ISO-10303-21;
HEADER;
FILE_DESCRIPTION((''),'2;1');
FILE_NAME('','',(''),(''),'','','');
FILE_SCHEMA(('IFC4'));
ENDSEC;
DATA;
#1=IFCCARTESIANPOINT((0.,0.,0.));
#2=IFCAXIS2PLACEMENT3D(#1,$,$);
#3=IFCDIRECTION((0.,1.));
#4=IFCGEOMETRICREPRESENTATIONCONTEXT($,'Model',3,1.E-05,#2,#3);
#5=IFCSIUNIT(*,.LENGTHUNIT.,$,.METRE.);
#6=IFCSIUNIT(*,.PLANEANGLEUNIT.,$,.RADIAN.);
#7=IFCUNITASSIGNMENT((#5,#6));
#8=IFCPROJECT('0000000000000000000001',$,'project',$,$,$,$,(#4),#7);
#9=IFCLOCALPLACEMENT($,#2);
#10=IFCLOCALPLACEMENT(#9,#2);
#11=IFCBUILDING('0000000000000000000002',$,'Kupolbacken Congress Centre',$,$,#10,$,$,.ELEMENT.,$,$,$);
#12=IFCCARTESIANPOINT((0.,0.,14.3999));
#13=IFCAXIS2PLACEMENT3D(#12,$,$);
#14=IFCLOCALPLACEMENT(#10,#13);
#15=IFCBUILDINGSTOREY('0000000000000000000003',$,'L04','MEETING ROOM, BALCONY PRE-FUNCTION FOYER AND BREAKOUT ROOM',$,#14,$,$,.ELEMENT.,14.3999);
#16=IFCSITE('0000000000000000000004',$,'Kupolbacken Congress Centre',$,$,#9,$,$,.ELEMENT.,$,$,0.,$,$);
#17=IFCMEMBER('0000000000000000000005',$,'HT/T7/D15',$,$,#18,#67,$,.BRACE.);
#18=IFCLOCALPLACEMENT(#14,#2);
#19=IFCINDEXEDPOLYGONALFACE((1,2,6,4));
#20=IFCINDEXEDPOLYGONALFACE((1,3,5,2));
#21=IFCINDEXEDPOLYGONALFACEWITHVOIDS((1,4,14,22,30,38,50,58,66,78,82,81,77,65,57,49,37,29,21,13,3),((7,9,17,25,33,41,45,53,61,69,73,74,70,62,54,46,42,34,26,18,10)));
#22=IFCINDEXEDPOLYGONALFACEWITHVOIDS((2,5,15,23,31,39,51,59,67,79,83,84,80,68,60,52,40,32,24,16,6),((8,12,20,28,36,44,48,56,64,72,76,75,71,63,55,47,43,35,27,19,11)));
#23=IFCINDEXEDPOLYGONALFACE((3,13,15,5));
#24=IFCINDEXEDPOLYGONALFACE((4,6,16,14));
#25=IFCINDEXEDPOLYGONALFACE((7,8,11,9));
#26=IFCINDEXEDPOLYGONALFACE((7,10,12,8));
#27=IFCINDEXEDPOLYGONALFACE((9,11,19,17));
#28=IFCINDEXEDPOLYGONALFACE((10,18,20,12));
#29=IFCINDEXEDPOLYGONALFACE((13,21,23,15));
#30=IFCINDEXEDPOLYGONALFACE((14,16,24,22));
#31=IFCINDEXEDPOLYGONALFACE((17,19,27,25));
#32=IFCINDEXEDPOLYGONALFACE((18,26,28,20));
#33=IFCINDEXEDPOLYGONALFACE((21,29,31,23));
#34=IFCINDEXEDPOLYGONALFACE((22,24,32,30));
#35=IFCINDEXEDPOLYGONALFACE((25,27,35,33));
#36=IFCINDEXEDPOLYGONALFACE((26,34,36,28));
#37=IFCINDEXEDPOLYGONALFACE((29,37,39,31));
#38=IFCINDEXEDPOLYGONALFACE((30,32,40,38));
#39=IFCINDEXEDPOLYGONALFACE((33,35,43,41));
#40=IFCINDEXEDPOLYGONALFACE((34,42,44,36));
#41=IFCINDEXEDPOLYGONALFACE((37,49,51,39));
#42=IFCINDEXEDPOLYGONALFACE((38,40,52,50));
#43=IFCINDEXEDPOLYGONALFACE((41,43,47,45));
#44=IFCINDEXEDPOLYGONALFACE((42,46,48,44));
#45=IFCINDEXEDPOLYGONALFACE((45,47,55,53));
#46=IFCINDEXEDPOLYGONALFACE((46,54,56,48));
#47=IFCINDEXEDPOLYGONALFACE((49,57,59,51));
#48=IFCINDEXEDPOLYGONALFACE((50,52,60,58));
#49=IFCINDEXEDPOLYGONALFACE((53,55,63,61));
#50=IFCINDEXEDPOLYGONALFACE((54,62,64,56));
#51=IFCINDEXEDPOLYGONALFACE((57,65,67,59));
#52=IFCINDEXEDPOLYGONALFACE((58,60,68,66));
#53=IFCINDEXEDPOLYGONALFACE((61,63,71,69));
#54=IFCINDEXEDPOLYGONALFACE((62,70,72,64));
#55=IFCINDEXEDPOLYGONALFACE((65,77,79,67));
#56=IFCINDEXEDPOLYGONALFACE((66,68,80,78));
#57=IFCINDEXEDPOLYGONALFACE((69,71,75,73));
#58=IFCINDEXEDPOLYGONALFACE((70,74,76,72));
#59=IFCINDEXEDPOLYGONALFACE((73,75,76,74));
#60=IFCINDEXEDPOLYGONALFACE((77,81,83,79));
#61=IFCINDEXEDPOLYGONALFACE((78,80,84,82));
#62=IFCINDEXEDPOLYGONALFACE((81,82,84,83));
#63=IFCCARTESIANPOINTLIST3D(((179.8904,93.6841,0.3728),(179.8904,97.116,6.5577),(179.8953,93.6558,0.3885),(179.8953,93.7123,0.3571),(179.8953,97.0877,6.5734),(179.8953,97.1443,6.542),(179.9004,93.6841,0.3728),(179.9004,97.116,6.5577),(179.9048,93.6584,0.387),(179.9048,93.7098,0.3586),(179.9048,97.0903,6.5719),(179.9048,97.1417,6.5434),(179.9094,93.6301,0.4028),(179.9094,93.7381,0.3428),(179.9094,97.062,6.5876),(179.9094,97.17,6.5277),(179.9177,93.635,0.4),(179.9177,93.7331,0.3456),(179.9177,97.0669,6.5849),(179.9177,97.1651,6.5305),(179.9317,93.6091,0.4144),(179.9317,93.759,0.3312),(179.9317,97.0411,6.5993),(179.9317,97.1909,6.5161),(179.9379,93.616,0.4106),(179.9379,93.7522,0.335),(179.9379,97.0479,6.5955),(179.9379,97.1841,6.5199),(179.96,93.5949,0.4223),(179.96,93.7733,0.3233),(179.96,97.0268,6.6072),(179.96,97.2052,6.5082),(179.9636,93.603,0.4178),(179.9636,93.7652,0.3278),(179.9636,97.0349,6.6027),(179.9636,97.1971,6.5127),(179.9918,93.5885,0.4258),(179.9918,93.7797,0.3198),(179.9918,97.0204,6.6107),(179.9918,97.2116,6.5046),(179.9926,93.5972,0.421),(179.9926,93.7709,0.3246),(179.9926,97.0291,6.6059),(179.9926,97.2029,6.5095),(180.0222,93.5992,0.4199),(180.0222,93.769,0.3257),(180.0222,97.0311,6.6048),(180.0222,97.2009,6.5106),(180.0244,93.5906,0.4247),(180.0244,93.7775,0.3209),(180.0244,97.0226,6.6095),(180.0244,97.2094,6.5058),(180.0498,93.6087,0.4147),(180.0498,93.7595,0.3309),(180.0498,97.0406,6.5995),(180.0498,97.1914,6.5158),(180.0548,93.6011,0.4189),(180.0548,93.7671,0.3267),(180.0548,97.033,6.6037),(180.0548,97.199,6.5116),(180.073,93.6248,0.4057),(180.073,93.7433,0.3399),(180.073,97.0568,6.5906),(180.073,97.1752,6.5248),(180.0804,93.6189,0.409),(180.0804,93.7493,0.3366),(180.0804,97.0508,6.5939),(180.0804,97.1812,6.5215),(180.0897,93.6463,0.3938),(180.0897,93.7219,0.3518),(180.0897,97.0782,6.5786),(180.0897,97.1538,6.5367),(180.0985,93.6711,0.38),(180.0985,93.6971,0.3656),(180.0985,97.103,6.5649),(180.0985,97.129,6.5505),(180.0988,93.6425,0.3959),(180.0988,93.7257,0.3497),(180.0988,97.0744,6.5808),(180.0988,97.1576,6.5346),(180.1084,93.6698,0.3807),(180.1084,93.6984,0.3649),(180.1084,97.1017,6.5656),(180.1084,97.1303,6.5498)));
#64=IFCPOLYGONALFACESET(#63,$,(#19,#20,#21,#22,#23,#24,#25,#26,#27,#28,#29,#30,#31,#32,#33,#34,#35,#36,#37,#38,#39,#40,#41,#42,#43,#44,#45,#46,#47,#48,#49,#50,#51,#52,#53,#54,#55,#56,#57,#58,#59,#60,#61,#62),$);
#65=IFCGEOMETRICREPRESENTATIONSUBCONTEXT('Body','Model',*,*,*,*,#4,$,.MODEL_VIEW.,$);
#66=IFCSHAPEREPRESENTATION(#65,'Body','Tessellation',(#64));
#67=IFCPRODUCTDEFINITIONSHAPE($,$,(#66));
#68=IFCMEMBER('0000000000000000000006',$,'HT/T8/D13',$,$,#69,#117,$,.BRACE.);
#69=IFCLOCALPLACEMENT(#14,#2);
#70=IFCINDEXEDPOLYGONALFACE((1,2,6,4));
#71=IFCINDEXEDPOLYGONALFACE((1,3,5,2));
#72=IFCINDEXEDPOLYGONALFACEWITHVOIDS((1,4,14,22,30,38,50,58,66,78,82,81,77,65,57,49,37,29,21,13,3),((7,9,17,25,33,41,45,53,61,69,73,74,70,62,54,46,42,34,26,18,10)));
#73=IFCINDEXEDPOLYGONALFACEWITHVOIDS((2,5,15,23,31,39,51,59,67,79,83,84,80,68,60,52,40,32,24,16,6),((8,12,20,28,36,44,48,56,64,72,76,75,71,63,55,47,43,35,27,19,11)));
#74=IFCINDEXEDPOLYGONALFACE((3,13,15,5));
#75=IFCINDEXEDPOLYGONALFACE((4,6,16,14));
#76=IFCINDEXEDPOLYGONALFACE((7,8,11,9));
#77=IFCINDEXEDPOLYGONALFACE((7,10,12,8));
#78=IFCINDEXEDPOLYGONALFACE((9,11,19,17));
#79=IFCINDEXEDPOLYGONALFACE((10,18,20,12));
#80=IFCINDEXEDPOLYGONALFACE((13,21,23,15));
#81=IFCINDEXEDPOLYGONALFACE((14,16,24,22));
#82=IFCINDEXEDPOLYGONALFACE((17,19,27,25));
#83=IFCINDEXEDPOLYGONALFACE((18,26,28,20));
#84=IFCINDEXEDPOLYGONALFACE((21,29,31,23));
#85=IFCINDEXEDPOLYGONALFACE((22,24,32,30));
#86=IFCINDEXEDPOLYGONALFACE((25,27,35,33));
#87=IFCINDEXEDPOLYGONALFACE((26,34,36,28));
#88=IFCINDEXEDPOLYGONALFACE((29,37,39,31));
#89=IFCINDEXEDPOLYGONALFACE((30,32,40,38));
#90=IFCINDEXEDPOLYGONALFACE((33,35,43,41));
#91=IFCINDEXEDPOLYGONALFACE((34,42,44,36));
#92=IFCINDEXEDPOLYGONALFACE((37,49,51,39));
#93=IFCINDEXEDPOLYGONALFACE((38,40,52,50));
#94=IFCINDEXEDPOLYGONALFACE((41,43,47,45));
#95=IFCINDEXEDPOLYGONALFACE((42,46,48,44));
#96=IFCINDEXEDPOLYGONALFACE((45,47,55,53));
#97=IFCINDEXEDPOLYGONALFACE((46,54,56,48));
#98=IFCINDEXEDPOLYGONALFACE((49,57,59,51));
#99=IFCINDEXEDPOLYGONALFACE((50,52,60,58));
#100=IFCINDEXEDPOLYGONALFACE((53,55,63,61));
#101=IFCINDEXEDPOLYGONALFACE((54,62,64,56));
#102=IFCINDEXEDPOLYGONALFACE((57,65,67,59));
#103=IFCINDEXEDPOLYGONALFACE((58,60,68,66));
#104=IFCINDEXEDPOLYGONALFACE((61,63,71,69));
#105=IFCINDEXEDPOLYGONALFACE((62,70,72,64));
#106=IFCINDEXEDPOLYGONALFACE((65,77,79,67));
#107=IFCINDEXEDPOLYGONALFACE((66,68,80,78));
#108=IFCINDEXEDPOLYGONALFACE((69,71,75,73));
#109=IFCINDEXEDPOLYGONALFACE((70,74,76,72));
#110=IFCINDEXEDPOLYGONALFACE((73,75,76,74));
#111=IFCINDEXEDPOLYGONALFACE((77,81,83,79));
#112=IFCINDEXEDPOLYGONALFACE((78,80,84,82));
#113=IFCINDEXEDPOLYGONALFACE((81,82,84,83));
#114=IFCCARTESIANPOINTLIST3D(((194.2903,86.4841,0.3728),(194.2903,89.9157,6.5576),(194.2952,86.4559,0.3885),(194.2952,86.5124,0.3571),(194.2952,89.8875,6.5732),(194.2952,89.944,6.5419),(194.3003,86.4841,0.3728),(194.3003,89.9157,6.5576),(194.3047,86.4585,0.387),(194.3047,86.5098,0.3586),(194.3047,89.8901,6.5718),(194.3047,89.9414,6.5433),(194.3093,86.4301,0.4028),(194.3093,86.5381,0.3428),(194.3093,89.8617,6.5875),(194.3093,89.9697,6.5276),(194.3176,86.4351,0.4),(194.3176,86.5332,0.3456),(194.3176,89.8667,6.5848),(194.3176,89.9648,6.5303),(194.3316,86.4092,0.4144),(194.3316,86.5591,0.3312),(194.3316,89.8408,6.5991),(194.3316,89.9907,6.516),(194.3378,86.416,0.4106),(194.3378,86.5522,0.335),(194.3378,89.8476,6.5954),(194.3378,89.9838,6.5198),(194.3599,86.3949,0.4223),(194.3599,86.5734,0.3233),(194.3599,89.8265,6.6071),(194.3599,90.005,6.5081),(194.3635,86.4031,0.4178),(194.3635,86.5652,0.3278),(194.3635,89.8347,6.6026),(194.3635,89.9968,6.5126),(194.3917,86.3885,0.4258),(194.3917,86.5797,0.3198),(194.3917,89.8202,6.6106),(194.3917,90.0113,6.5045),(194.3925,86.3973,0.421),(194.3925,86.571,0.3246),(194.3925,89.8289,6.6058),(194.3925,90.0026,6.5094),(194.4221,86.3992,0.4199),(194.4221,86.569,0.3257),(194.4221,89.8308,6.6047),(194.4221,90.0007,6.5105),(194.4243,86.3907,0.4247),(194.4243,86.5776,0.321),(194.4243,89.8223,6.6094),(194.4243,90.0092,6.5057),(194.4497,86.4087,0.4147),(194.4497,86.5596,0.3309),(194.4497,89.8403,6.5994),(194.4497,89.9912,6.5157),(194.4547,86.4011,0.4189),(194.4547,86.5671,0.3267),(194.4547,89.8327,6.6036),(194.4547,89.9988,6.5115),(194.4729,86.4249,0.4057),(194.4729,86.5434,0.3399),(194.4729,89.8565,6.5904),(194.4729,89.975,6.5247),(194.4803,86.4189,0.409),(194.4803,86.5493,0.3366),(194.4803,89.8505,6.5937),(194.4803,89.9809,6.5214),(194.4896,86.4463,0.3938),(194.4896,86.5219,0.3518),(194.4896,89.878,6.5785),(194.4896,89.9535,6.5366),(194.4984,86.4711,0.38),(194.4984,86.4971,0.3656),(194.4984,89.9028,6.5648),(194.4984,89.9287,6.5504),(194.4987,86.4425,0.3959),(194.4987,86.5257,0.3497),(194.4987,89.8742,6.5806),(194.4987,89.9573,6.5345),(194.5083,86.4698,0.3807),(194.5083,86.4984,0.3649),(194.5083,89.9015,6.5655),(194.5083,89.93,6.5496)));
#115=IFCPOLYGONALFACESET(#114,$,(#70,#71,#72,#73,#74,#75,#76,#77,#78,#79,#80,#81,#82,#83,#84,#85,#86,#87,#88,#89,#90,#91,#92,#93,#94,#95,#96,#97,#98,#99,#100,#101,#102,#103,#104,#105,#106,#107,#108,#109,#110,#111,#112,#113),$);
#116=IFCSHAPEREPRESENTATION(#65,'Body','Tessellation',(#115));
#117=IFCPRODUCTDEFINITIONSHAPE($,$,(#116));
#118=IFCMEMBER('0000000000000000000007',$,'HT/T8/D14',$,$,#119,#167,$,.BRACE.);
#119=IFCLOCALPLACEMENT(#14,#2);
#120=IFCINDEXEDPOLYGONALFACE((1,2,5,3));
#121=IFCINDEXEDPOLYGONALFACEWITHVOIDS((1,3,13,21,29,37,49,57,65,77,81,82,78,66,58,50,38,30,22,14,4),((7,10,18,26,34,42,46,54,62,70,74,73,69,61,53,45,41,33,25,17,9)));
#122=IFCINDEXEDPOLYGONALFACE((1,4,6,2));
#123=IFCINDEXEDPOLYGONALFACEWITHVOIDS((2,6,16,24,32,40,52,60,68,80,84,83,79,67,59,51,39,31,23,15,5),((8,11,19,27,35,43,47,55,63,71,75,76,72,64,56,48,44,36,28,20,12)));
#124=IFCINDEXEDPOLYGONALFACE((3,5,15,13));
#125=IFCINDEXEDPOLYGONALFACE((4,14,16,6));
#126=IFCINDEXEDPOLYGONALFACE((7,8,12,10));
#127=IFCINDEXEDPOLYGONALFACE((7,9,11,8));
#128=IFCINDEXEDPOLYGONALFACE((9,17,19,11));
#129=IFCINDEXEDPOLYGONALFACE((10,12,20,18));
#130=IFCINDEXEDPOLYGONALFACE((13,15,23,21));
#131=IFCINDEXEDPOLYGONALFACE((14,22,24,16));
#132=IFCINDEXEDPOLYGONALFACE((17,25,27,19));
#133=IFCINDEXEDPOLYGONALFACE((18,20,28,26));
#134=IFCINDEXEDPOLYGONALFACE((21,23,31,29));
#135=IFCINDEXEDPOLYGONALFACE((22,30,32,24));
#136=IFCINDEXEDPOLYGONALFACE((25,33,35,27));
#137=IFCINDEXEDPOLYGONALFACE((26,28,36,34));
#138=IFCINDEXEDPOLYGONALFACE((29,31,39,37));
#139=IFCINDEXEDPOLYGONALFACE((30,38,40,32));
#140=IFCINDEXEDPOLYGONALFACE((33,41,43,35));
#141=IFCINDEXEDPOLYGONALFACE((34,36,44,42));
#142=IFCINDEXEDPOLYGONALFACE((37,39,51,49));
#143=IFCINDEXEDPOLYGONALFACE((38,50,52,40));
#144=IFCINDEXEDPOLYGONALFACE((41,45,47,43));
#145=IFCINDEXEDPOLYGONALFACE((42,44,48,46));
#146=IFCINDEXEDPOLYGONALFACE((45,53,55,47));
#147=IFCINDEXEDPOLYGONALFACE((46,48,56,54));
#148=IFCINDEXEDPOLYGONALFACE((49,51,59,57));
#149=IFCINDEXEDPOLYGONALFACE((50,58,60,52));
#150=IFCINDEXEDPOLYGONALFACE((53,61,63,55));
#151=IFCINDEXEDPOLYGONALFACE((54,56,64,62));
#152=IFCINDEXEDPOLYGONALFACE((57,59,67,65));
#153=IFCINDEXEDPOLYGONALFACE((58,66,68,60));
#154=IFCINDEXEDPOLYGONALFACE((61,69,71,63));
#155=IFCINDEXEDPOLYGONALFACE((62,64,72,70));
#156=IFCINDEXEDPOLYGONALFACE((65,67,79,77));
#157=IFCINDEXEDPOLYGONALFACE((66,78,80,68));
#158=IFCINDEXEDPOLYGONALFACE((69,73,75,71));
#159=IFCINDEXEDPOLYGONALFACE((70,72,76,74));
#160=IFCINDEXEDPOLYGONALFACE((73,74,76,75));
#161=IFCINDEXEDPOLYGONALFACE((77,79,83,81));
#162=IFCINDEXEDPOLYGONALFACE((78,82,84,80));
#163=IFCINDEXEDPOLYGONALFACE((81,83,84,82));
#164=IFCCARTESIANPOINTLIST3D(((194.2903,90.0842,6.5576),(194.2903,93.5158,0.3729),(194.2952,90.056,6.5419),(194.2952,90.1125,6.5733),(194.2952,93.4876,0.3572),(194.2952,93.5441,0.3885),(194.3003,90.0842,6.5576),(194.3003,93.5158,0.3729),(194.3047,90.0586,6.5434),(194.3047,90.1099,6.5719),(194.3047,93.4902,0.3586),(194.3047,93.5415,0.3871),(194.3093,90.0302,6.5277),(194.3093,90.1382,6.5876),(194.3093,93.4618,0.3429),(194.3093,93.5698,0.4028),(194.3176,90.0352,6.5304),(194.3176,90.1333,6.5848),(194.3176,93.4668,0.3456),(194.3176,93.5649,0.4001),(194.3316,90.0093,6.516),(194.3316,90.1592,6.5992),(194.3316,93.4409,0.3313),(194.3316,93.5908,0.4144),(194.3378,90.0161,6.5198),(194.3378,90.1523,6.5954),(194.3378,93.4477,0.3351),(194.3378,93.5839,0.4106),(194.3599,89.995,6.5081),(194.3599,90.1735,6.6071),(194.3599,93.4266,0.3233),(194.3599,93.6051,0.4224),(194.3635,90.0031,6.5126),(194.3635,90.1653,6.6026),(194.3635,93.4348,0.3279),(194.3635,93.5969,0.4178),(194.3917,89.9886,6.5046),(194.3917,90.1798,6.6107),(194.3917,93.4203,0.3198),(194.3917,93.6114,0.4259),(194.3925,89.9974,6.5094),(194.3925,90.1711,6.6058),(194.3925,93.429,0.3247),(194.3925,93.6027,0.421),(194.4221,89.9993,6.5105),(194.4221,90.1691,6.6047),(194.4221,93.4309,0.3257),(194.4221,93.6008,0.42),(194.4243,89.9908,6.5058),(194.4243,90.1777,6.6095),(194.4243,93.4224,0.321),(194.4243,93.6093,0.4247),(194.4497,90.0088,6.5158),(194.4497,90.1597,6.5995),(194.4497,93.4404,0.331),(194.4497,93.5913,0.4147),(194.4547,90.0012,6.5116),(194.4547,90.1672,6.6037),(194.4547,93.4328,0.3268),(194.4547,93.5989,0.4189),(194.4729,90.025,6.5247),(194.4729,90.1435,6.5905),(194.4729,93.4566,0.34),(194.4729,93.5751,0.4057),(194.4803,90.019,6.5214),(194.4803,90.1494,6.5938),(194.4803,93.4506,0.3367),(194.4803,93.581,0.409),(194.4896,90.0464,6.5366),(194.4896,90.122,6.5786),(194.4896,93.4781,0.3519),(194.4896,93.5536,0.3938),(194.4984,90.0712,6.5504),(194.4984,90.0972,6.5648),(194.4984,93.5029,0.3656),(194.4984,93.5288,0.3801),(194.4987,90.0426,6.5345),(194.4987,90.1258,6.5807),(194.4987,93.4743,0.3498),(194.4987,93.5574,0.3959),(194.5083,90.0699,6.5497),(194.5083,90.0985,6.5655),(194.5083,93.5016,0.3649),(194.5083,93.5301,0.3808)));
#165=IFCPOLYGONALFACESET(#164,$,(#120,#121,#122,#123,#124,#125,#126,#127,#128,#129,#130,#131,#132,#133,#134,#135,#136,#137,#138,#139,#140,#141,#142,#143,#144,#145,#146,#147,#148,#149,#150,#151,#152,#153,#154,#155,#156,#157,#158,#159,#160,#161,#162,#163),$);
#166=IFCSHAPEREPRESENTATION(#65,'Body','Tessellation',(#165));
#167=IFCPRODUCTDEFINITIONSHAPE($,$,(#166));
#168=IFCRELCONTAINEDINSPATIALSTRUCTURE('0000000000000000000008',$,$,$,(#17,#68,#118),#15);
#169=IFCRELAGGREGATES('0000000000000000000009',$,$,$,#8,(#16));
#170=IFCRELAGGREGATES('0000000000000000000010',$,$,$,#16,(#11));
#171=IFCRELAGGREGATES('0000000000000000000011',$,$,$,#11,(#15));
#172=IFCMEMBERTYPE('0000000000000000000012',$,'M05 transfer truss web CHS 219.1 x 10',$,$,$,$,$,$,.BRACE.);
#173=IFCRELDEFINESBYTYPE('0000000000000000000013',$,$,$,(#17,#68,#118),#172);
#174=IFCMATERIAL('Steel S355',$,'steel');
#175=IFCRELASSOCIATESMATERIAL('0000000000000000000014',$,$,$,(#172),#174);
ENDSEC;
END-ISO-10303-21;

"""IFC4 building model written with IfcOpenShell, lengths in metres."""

from ifc_helpers import new_model, si_unit, direction, frame, origin, origin_2d, place, context, subcontext, project, spatial, hollow_circle, extrude, material, material_profile, profile_set, type_object, element, save


model = new_model("IFC4")

# Units and contexts
model_context = context("Model", 3, precision=1e-05, world=origin(), true_north=direction((0.0, 1.0)))
body_context = subcontext(model_context, "Body", "Model", "MODEL_VIEW")
ifc_project = project(units=[si_unit("LENGTHUNIT", "METRE"), si_unit("PLANEANGLEUNIT", "RADIAN")], contexts=[model_context])

# Site, building, storey
site_placement = place(None, origin())
site = spatial("IfcSite", under=ifc_project, at=site_placement, Name="Kupolbacken Congress Centre", CompositionType="ELEMENT", RefElevation=0.0)
building_placement = place(site_placement, origin())
building = spatial("IfcBuilding", under=site, at=building_placement, Name="Kupolbacken Congress Centre", CompositionType="ELEMENT")
storey_placement = place(building_placement, frame((0.0, 0.0, 14.3999)))
storey = spatial("IfcBuildingStorey", under=building, at=storey_placement, Name="L04", Description="MEETING ROOM, BALCONY PRE-FUNCTION FOYER AND BREAKOUT ROOM", CompositionType="ELEMENT", Elevation=14.3999)

# Members
ifc_material_1 = material(Name="Steel S355", Category="steel")
ifc_material_profile_1 = material_profile(ifc_material_1, hollow_circle(Radius=0.1096, WallThickness=0.01, at=origin_2d()), Name="CHS 219.1 x 10")
ifc_profile_set_1 = profile_set([ifc_material_profile_1], Name="Steel S355")
member_type_1 = type_object("IfcMemberType", Name="M05 transfer truss web CHS 219.1 x 10", PredefinedType="BRACE", material=ifc_profile_set_1)
member_1_placement = place(storey_placement, frame((180.0, 93.6841, 0.3728), z_axis=(0.0, 0.485197, 0.874405), x_axis=(-1.0, 0.0, 0.0)))
element("IfcMember", 1, at=member_1_placement, inside=storey, type_object=member_type_1, Name="HT/T7/D15", PredefinedType="BRACE", context=body_context, shape_type="SweptSolid", body=[
    extrude(hollow_circle(Radius=0.1096, WallThickness=0.01, at=origin_2d()), origin(), (0.0, 0.0, 1.0), 7.0732),
])
for number, where, z_axis, x_axis, name in (
    (2, (194.3999, 86.4841, 0.3728), (0.0, 0.485171, 0.874419), (-1.0, 0.0, 0.0), "HT/T8/D13"),
    (3, (194.3999, 90.0842, 6.5576), (0.0, 0.485171, -0.874419), (-1.0, 0.0, 0.0), "HT/T8/D14"),
):
    element("IfcMember", number, at=place(storey_placement, frame(where, z_axis=z_axis, x_axis=x_axis)), inside=storey, type_object=member_type_1, Name=name, PredefinedType="BRACE", context=body_context, shape_type="SweptSolid", body=[
        extrude(hollow_circle(Radius=0.1096, WallThickness=0.01, at=origin_2d()), origin(), (0.0, 0.0, 1.0), 7.073),
    ])

save(model, "model.ifc")
